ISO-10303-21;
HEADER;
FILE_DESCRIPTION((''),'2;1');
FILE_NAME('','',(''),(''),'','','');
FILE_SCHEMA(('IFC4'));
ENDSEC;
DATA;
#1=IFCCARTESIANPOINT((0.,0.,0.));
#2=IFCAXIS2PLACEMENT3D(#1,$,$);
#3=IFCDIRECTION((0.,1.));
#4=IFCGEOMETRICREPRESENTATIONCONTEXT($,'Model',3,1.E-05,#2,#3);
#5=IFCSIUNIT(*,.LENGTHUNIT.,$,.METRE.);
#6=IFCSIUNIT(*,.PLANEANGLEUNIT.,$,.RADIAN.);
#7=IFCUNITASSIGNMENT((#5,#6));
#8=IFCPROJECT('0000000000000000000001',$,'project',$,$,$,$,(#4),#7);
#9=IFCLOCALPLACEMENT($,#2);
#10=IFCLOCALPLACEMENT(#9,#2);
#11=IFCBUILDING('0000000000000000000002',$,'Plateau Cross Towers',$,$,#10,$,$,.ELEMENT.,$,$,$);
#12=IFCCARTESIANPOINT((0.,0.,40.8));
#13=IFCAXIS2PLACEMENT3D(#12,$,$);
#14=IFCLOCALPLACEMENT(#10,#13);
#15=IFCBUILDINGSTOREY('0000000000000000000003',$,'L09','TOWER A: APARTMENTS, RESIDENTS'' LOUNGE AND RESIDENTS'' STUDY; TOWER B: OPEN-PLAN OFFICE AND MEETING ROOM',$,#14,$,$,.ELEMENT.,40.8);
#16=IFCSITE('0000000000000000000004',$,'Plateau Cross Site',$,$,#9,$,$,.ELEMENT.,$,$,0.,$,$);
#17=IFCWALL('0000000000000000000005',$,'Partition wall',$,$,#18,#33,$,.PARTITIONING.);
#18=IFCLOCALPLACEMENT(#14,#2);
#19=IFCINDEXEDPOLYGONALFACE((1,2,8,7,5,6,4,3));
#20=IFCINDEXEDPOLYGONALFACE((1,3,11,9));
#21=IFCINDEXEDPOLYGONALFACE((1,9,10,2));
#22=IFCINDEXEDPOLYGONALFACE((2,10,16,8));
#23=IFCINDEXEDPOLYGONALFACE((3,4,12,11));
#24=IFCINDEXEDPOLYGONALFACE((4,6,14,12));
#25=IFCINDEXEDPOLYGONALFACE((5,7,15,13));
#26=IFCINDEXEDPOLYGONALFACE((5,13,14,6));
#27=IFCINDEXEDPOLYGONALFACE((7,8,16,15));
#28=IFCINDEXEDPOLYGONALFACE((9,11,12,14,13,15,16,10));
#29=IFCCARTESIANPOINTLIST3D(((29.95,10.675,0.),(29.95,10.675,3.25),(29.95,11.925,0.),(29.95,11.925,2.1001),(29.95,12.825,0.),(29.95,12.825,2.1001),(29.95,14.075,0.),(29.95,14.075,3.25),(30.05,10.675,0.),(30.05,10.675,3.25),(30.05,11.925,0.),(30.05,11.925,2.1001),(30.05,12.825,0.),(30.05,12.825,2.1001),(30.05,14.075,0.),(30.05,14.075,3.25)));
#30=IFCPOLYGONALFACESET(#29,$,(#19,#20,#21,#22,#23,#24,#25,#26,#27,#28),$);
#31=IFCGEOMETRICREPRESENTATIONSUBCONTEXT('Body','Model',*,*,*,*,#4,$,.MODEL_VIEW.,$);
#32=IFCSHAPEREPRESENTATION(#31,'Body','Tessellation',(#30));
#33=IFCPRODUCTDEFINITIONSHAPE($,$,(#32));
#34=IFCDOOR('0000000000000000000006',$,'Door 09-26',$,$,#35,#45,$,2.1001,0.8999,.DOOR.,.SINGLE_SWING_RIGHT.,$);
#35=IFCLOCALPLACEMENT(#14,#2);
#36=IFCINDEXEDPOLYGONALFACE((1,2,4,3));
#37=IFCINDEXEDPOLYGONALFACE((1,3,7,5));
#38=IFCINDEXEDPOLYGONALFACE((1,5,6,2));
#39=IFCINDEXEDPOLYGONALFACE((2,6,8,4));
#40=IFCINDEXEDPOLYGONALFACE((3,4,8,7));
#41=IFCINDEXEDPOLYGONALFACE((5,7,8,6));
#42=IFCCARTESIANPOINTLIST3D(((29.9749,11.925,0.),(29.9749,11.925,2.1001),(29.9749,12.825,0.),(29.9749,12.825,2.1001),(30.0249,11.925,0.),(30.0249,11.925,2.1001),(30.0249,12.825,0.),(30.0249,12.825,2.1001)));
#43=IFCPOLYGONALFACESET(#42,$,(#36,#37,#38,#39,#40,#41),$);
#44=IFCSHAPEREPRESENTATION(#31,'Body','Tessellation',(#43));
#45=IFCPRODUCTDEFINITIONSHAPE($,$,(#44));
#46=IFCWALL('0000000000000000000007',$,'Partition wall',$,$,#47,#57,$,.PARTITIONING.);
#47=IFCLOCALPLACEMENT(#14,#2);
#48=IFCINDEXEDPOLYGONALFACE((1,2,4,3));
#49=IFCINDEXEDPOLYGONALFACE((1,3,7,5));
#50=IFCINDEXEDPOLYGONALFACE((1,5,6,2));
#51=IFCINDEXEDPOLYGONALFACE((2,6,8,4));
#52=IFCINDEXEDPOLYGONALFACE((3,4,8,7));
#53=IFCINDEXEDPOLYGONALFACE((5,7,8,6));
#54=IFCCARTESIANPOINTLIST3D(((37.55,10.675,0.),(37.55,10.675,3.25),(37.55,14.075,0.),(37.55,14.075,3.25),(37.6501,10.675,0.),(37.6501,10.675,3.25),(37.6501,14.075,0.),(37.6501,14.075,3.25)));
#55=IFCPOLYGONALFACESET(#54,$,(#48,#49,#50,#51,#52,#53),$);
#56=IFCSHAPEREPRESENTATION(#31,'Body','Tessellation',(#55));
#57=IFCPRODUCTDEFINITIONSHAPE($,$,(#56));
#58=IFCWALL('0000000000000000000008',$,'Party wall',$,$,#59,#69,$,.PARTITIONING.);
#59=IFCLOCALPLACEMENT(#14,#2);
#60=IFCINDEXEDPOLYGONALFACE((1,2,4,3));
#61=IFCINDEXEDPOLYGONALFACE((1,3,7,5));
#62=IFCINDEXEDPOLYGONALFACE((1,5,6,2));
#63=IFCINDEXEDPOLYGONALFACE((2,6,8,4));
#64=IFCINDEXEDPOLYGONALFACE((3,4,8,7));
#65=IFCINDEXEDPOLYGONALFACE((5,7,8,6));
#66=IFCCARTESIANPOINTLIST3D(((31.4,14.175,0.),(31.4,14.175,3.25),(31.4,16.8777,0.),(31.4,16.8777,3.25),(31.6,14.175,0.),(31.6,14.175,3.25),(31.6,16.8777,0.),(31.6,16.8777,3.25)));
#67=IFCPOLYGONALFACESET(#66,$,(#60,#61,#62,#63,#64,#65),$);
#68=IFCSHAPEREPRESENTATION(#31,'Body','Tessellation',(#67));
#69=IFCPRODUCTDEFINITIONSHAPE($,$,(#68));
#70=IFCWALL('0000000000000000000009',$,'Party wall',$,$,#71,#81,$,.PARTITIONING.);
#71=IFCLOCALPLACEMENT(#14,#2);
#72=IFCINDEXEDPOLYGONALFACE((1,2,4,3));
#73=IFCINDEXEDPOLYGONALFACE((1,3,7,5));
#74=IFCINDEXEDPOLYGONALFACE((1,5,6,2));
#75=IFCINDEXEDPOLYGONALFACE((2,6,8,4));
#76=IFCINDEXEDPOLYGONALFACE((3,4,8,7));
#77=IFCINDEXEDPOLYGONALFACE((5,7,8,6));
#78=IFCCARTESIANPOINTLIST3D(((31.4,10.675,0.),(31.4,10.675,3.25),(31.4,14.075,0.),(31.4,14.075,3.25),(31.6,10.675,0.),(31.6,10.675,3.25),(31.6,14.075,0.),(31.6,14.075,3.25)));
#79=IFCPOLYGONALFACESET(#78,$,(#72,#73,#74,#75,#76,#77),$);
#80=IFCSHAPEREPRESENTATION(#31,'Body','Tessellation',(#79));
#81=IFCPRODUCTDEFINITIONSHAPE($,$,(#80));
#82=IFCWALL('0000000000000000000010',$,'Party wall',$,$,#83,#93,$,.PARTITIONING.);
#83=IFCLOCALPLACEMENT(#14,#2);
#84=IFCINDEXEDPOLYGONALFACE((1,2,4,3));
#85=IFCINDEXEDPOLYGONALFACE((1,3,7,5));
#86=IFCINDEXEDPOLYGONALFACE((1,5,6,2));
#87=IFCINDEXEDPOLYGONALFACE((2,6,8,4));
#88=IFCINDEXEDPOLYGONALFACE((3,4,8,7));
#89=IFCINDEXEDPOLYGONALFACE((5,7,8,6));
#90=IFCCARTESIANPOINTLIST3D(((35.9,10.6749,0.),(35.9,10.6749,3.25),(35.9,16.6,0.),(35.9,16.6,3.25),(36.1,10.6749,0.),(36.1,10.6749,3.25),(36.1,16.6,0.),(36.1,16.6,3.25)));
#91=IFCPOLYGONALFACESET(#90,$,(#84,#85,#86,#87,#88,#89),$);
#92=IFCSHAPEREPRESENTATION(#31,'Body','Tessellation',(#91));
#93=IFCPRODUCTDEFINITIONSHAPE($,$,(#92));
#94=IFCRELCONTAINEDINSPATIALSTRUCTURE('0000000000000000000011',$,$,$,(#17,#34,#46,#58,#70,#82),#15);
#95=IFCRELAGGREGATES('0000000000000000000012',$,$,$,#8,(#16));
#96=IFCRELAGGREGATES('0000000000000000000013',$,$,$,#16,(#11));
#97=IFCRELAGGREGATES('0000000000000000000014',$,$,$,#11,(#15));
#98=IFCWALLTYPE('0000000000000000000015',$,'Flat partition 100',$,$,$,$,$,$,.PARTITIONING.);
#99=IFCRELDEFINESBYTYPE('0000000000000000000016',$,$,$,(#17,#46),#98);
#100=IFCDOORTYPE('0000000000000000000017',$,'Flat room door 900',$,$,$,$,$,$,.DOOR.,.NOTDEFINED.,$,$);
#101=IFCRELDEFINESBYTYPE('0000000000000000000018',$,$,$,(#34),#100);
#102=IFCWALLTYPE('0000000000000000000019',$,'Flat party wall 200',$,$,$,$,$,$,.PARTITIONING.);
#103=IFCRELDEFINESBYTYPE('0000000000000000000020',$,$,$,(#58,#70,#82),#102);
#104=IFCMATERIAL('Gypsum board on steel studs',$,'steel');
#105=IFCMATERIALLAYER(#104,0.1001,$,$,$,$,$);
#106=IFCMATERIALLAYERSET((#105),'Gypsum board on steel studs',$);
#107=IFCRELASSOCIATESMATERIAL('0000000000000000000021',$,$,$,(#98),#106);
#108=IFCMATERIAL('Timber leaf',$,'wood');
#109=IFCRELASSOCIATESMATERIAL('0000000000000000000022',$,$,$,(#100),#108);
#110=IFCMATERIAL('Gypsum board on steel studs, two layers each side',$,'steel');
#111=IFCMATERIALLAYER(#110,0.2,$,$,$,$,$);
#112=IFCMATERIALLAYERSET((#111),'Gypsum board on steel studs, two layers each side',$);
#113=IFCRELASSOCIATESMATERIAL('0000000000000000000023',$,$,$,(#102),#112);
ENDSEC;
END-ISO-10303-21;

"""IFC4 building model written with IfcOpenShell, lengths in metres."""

from ifc_helpers import new_model, si_unit, direction, frame, frame_2d, origin, place, context, subcontext, project, spatial, rectangle, extrude, material, layer, layer_set, type_object, element, fill, save


model = new_model("IFC4")

# Units and contexts
model_context = context("Model", 3, precision=1e-05, world=origin(), true_north=direction((0.0, 1.0)))
body_context = subcontext(model_context, "Body", "Model", "MODEL_VIEW")
ifc_project = project(units=[si_unit("LENGTHUNIT", "METRE"), si_unit("PLANEANGLEUNIT", "RADIAN")], contexts=[model_context])

# Site, building, storey
site_placement = place(None, origin())
site = spatial("IfcSite", under=ifc_project, at=site_placement, Name="Plateau Cross Site", CompositionType="ELEMENT", RefElevation=0.0)
building_placement = place(site_placement, origin())
building = spatial("IfcBuilding", under=site, at=building_placement, Name="Plateau Cross Towers", CompositionType="ELEMENT")
storey_placement = place(building_placement, frame((0.0, 0.0, 40.8)))
storey = spatial("IfcBuildingStorey", under=building, at=storey_placement, Name="L09", Description="TOWER A: APARTMENTS, RESIDENTS' LOUNGE AND RESIDENTS' STUDY; TOWER B: OPEN-PLAN OFFICE AND MEETING ROOM", CompositionType="ELEMENT", Elevation=40.8)

# Shared definitions
ifc_material_1 = material(Name="Gypsum board on steel studs", Category="steel")
ifc_layer_1 = layer(ifc_material_1, 0.1001)
ifc_layer_set_1 = layer_set([ifc_layer_1], Name="Gypsum board on steel studs")
wall_type_1 = type_object("IfcWallType", Name="Flat partition 100", PredefinedType="PARTITIONING", material=ifc_layer_set_1)

# Wall, opening, door
ifc_material_2 = material(Name="Timber leaf", Category="wood")
door_type = type_object("IfcDoorType", Name="Flat room door 900", OperationType="NOTDEFINED", PredefinedType="DOOR", material=ifc_material_2)
wall_1_placement = place(storey_placement, frame((30.0, 14.075, 0.0), z_axis=(0.0, 0.0, 1.0), x_axis=(0.0, -1.0, 0.0)))
wall_1 = element("IfcWall", 1, at=wall_1_placement, inside=storey, type_object=wall_type_1, Name="Partition wall", PredefinedType="PARTITIONING", context=body_context, shape_type="SweptSolid", body=[
    extrude(rectangle(XDim=3.3999, YDim=0.1001, at=frame_2d((1.7, 0.0))), origin(), (0.0, 0.0, 1.0), 3.25),
])
opening_1_placement = place(wall_1_placement, frame((1.25, 0.0, 0.0)))
opening_1 = element("IfcOpeningElement", 2, at=opening_1_placement, cuts=wall_1, PredefinedType="OPENING", context=body_context, shape_type="SweptSolid", body=[
    extrude(rectangle(XDim=0.8999, YDim=2.1001, at=frame_2d((0.45, 1.05))), frame((0.0, 0.0601, 0.0), z_axis=(0.0, -1.0, 0.0), x_axis=(1.0, 0.0, 0.0)), (0.0, 0.0, 1.0), 0.1201),
])
door_1_placement = place(opening_1_placement, origin())
door_1 = element("IfcDoor", 3, at=door_1_placement, inside=storey, type_object=door_type, Name="Door 09-26", OperationType="SINGLE_SWING_RIGHT", OverallHeight=2.1001, OverallWidth=0.8999, PredefinedType="DOOR", context=body_context, shape_type="SweptSolid", body=[
    extrude(rectangle(XDim=0.8999, YDim=2.1001, at=frame_2d((0.45, 1.05))), frame((0.0, 0.0249, 0.0), z_axis=(0.0, -1.0, 0.0), x_axis=(1.0, 0.0, 0.0)), (0.0, 0.0, 1.0), 0.05),
])
fill(opening_1, door_1)

# Walls
wall_2_placement = place(storey_placement, frame((37.6001, 10.675, 0.0), z_axis=(0.0, 0.0, 1.0), x_axis=(0.0, 1.0, 0.0)))
element("IfcWall", 4, at=wall_2_placement, inside=storey, type_object=wall_type_1, Name="Partition wall", PredefinedType="PARTITIONING", context=body_context, shape_type="SweptSolid", body=[
    extrude(rectangle(XDim=3.3999, YDim=0.1001, at=frame_2d((1.7, 0.0))), origin(), (0.0, 0.0, 1.0), 3.25),
])
ifc_material_3 = material(Name="Gypsum board on steel studs, two layers each side", Category="steel")
ifc_layer_2 = layer(ifc_material_3, 0.2)
ifc_layer_set_2 = layer_set([ifc_layer_2], Name="Gypsum board on steel studs, two layers each side")
wall_type_2 = type_object("IfcWallType", Name="Flat party wall 200", PredefinedType="PARTITIONING", material=ifc_layer_set_2)
wall_3_placement = place(storey_placement, frame((31.5, 16.8777, 0.0), z_axis=(0.0, 0.0, 1.0), x_axis=(0.0, -1.0, 0.0)))
element("IfcWall", 5, at=wall_3_placement, inside=storey, type_object=wall_type_2, Name="Party wall", PredefinedType="PARTITIONING", context=body_context, shape_type="SweptSolid", body=[
    extrude(rectangle(XDim=2.7026, YDim=0.2, at=frame_2d((1.3513, 0.0))), origin(), (0.0, 0.0, 1.0), 3.25),
])
wall_4_placement = place(storey_placement, frame((31.5, 10.675, 0.0), z_axis=(0.0, 0.0, 1.0), x_axis=(0.0, 1.0, 0.0)))
element("IfcWall", 6, at=wall_4_placement, inside=storey, type_object=wall_type_2, Name="Party wall", PredefinedType="PARTITIONING", context=body_context, shape_type="SweptSolid", body=[
    extrude(rectangle(XDim=3.3999, YDim=0.2, at=frame_2d((1.7, 0.0))), origin(), (0.0, 0.0, 1.0), 3.25),
])
wall_5_placement = place(storey_placement, frame((36.0, 10.675, 0.0), z_axis=(0.0, 0.0, 1.0), x_axis=(0.0, 1.0, 0.0)))
element("IfcWall", 7, at=wall_5_placement, inside=storey, type_object=wall_type_2, Name="Party wall", PredefinedType="PARTITIONING", context=body_context, shape_type="SweptSolid", body=[
    extrude(rectangle(XDim=5.925, YDim=0.2, at=frame_2d((2.9624, 0.0))), origin(), (0.0, 0.0, 1.0), 3.25),
])

save(model, "model.ifc")
